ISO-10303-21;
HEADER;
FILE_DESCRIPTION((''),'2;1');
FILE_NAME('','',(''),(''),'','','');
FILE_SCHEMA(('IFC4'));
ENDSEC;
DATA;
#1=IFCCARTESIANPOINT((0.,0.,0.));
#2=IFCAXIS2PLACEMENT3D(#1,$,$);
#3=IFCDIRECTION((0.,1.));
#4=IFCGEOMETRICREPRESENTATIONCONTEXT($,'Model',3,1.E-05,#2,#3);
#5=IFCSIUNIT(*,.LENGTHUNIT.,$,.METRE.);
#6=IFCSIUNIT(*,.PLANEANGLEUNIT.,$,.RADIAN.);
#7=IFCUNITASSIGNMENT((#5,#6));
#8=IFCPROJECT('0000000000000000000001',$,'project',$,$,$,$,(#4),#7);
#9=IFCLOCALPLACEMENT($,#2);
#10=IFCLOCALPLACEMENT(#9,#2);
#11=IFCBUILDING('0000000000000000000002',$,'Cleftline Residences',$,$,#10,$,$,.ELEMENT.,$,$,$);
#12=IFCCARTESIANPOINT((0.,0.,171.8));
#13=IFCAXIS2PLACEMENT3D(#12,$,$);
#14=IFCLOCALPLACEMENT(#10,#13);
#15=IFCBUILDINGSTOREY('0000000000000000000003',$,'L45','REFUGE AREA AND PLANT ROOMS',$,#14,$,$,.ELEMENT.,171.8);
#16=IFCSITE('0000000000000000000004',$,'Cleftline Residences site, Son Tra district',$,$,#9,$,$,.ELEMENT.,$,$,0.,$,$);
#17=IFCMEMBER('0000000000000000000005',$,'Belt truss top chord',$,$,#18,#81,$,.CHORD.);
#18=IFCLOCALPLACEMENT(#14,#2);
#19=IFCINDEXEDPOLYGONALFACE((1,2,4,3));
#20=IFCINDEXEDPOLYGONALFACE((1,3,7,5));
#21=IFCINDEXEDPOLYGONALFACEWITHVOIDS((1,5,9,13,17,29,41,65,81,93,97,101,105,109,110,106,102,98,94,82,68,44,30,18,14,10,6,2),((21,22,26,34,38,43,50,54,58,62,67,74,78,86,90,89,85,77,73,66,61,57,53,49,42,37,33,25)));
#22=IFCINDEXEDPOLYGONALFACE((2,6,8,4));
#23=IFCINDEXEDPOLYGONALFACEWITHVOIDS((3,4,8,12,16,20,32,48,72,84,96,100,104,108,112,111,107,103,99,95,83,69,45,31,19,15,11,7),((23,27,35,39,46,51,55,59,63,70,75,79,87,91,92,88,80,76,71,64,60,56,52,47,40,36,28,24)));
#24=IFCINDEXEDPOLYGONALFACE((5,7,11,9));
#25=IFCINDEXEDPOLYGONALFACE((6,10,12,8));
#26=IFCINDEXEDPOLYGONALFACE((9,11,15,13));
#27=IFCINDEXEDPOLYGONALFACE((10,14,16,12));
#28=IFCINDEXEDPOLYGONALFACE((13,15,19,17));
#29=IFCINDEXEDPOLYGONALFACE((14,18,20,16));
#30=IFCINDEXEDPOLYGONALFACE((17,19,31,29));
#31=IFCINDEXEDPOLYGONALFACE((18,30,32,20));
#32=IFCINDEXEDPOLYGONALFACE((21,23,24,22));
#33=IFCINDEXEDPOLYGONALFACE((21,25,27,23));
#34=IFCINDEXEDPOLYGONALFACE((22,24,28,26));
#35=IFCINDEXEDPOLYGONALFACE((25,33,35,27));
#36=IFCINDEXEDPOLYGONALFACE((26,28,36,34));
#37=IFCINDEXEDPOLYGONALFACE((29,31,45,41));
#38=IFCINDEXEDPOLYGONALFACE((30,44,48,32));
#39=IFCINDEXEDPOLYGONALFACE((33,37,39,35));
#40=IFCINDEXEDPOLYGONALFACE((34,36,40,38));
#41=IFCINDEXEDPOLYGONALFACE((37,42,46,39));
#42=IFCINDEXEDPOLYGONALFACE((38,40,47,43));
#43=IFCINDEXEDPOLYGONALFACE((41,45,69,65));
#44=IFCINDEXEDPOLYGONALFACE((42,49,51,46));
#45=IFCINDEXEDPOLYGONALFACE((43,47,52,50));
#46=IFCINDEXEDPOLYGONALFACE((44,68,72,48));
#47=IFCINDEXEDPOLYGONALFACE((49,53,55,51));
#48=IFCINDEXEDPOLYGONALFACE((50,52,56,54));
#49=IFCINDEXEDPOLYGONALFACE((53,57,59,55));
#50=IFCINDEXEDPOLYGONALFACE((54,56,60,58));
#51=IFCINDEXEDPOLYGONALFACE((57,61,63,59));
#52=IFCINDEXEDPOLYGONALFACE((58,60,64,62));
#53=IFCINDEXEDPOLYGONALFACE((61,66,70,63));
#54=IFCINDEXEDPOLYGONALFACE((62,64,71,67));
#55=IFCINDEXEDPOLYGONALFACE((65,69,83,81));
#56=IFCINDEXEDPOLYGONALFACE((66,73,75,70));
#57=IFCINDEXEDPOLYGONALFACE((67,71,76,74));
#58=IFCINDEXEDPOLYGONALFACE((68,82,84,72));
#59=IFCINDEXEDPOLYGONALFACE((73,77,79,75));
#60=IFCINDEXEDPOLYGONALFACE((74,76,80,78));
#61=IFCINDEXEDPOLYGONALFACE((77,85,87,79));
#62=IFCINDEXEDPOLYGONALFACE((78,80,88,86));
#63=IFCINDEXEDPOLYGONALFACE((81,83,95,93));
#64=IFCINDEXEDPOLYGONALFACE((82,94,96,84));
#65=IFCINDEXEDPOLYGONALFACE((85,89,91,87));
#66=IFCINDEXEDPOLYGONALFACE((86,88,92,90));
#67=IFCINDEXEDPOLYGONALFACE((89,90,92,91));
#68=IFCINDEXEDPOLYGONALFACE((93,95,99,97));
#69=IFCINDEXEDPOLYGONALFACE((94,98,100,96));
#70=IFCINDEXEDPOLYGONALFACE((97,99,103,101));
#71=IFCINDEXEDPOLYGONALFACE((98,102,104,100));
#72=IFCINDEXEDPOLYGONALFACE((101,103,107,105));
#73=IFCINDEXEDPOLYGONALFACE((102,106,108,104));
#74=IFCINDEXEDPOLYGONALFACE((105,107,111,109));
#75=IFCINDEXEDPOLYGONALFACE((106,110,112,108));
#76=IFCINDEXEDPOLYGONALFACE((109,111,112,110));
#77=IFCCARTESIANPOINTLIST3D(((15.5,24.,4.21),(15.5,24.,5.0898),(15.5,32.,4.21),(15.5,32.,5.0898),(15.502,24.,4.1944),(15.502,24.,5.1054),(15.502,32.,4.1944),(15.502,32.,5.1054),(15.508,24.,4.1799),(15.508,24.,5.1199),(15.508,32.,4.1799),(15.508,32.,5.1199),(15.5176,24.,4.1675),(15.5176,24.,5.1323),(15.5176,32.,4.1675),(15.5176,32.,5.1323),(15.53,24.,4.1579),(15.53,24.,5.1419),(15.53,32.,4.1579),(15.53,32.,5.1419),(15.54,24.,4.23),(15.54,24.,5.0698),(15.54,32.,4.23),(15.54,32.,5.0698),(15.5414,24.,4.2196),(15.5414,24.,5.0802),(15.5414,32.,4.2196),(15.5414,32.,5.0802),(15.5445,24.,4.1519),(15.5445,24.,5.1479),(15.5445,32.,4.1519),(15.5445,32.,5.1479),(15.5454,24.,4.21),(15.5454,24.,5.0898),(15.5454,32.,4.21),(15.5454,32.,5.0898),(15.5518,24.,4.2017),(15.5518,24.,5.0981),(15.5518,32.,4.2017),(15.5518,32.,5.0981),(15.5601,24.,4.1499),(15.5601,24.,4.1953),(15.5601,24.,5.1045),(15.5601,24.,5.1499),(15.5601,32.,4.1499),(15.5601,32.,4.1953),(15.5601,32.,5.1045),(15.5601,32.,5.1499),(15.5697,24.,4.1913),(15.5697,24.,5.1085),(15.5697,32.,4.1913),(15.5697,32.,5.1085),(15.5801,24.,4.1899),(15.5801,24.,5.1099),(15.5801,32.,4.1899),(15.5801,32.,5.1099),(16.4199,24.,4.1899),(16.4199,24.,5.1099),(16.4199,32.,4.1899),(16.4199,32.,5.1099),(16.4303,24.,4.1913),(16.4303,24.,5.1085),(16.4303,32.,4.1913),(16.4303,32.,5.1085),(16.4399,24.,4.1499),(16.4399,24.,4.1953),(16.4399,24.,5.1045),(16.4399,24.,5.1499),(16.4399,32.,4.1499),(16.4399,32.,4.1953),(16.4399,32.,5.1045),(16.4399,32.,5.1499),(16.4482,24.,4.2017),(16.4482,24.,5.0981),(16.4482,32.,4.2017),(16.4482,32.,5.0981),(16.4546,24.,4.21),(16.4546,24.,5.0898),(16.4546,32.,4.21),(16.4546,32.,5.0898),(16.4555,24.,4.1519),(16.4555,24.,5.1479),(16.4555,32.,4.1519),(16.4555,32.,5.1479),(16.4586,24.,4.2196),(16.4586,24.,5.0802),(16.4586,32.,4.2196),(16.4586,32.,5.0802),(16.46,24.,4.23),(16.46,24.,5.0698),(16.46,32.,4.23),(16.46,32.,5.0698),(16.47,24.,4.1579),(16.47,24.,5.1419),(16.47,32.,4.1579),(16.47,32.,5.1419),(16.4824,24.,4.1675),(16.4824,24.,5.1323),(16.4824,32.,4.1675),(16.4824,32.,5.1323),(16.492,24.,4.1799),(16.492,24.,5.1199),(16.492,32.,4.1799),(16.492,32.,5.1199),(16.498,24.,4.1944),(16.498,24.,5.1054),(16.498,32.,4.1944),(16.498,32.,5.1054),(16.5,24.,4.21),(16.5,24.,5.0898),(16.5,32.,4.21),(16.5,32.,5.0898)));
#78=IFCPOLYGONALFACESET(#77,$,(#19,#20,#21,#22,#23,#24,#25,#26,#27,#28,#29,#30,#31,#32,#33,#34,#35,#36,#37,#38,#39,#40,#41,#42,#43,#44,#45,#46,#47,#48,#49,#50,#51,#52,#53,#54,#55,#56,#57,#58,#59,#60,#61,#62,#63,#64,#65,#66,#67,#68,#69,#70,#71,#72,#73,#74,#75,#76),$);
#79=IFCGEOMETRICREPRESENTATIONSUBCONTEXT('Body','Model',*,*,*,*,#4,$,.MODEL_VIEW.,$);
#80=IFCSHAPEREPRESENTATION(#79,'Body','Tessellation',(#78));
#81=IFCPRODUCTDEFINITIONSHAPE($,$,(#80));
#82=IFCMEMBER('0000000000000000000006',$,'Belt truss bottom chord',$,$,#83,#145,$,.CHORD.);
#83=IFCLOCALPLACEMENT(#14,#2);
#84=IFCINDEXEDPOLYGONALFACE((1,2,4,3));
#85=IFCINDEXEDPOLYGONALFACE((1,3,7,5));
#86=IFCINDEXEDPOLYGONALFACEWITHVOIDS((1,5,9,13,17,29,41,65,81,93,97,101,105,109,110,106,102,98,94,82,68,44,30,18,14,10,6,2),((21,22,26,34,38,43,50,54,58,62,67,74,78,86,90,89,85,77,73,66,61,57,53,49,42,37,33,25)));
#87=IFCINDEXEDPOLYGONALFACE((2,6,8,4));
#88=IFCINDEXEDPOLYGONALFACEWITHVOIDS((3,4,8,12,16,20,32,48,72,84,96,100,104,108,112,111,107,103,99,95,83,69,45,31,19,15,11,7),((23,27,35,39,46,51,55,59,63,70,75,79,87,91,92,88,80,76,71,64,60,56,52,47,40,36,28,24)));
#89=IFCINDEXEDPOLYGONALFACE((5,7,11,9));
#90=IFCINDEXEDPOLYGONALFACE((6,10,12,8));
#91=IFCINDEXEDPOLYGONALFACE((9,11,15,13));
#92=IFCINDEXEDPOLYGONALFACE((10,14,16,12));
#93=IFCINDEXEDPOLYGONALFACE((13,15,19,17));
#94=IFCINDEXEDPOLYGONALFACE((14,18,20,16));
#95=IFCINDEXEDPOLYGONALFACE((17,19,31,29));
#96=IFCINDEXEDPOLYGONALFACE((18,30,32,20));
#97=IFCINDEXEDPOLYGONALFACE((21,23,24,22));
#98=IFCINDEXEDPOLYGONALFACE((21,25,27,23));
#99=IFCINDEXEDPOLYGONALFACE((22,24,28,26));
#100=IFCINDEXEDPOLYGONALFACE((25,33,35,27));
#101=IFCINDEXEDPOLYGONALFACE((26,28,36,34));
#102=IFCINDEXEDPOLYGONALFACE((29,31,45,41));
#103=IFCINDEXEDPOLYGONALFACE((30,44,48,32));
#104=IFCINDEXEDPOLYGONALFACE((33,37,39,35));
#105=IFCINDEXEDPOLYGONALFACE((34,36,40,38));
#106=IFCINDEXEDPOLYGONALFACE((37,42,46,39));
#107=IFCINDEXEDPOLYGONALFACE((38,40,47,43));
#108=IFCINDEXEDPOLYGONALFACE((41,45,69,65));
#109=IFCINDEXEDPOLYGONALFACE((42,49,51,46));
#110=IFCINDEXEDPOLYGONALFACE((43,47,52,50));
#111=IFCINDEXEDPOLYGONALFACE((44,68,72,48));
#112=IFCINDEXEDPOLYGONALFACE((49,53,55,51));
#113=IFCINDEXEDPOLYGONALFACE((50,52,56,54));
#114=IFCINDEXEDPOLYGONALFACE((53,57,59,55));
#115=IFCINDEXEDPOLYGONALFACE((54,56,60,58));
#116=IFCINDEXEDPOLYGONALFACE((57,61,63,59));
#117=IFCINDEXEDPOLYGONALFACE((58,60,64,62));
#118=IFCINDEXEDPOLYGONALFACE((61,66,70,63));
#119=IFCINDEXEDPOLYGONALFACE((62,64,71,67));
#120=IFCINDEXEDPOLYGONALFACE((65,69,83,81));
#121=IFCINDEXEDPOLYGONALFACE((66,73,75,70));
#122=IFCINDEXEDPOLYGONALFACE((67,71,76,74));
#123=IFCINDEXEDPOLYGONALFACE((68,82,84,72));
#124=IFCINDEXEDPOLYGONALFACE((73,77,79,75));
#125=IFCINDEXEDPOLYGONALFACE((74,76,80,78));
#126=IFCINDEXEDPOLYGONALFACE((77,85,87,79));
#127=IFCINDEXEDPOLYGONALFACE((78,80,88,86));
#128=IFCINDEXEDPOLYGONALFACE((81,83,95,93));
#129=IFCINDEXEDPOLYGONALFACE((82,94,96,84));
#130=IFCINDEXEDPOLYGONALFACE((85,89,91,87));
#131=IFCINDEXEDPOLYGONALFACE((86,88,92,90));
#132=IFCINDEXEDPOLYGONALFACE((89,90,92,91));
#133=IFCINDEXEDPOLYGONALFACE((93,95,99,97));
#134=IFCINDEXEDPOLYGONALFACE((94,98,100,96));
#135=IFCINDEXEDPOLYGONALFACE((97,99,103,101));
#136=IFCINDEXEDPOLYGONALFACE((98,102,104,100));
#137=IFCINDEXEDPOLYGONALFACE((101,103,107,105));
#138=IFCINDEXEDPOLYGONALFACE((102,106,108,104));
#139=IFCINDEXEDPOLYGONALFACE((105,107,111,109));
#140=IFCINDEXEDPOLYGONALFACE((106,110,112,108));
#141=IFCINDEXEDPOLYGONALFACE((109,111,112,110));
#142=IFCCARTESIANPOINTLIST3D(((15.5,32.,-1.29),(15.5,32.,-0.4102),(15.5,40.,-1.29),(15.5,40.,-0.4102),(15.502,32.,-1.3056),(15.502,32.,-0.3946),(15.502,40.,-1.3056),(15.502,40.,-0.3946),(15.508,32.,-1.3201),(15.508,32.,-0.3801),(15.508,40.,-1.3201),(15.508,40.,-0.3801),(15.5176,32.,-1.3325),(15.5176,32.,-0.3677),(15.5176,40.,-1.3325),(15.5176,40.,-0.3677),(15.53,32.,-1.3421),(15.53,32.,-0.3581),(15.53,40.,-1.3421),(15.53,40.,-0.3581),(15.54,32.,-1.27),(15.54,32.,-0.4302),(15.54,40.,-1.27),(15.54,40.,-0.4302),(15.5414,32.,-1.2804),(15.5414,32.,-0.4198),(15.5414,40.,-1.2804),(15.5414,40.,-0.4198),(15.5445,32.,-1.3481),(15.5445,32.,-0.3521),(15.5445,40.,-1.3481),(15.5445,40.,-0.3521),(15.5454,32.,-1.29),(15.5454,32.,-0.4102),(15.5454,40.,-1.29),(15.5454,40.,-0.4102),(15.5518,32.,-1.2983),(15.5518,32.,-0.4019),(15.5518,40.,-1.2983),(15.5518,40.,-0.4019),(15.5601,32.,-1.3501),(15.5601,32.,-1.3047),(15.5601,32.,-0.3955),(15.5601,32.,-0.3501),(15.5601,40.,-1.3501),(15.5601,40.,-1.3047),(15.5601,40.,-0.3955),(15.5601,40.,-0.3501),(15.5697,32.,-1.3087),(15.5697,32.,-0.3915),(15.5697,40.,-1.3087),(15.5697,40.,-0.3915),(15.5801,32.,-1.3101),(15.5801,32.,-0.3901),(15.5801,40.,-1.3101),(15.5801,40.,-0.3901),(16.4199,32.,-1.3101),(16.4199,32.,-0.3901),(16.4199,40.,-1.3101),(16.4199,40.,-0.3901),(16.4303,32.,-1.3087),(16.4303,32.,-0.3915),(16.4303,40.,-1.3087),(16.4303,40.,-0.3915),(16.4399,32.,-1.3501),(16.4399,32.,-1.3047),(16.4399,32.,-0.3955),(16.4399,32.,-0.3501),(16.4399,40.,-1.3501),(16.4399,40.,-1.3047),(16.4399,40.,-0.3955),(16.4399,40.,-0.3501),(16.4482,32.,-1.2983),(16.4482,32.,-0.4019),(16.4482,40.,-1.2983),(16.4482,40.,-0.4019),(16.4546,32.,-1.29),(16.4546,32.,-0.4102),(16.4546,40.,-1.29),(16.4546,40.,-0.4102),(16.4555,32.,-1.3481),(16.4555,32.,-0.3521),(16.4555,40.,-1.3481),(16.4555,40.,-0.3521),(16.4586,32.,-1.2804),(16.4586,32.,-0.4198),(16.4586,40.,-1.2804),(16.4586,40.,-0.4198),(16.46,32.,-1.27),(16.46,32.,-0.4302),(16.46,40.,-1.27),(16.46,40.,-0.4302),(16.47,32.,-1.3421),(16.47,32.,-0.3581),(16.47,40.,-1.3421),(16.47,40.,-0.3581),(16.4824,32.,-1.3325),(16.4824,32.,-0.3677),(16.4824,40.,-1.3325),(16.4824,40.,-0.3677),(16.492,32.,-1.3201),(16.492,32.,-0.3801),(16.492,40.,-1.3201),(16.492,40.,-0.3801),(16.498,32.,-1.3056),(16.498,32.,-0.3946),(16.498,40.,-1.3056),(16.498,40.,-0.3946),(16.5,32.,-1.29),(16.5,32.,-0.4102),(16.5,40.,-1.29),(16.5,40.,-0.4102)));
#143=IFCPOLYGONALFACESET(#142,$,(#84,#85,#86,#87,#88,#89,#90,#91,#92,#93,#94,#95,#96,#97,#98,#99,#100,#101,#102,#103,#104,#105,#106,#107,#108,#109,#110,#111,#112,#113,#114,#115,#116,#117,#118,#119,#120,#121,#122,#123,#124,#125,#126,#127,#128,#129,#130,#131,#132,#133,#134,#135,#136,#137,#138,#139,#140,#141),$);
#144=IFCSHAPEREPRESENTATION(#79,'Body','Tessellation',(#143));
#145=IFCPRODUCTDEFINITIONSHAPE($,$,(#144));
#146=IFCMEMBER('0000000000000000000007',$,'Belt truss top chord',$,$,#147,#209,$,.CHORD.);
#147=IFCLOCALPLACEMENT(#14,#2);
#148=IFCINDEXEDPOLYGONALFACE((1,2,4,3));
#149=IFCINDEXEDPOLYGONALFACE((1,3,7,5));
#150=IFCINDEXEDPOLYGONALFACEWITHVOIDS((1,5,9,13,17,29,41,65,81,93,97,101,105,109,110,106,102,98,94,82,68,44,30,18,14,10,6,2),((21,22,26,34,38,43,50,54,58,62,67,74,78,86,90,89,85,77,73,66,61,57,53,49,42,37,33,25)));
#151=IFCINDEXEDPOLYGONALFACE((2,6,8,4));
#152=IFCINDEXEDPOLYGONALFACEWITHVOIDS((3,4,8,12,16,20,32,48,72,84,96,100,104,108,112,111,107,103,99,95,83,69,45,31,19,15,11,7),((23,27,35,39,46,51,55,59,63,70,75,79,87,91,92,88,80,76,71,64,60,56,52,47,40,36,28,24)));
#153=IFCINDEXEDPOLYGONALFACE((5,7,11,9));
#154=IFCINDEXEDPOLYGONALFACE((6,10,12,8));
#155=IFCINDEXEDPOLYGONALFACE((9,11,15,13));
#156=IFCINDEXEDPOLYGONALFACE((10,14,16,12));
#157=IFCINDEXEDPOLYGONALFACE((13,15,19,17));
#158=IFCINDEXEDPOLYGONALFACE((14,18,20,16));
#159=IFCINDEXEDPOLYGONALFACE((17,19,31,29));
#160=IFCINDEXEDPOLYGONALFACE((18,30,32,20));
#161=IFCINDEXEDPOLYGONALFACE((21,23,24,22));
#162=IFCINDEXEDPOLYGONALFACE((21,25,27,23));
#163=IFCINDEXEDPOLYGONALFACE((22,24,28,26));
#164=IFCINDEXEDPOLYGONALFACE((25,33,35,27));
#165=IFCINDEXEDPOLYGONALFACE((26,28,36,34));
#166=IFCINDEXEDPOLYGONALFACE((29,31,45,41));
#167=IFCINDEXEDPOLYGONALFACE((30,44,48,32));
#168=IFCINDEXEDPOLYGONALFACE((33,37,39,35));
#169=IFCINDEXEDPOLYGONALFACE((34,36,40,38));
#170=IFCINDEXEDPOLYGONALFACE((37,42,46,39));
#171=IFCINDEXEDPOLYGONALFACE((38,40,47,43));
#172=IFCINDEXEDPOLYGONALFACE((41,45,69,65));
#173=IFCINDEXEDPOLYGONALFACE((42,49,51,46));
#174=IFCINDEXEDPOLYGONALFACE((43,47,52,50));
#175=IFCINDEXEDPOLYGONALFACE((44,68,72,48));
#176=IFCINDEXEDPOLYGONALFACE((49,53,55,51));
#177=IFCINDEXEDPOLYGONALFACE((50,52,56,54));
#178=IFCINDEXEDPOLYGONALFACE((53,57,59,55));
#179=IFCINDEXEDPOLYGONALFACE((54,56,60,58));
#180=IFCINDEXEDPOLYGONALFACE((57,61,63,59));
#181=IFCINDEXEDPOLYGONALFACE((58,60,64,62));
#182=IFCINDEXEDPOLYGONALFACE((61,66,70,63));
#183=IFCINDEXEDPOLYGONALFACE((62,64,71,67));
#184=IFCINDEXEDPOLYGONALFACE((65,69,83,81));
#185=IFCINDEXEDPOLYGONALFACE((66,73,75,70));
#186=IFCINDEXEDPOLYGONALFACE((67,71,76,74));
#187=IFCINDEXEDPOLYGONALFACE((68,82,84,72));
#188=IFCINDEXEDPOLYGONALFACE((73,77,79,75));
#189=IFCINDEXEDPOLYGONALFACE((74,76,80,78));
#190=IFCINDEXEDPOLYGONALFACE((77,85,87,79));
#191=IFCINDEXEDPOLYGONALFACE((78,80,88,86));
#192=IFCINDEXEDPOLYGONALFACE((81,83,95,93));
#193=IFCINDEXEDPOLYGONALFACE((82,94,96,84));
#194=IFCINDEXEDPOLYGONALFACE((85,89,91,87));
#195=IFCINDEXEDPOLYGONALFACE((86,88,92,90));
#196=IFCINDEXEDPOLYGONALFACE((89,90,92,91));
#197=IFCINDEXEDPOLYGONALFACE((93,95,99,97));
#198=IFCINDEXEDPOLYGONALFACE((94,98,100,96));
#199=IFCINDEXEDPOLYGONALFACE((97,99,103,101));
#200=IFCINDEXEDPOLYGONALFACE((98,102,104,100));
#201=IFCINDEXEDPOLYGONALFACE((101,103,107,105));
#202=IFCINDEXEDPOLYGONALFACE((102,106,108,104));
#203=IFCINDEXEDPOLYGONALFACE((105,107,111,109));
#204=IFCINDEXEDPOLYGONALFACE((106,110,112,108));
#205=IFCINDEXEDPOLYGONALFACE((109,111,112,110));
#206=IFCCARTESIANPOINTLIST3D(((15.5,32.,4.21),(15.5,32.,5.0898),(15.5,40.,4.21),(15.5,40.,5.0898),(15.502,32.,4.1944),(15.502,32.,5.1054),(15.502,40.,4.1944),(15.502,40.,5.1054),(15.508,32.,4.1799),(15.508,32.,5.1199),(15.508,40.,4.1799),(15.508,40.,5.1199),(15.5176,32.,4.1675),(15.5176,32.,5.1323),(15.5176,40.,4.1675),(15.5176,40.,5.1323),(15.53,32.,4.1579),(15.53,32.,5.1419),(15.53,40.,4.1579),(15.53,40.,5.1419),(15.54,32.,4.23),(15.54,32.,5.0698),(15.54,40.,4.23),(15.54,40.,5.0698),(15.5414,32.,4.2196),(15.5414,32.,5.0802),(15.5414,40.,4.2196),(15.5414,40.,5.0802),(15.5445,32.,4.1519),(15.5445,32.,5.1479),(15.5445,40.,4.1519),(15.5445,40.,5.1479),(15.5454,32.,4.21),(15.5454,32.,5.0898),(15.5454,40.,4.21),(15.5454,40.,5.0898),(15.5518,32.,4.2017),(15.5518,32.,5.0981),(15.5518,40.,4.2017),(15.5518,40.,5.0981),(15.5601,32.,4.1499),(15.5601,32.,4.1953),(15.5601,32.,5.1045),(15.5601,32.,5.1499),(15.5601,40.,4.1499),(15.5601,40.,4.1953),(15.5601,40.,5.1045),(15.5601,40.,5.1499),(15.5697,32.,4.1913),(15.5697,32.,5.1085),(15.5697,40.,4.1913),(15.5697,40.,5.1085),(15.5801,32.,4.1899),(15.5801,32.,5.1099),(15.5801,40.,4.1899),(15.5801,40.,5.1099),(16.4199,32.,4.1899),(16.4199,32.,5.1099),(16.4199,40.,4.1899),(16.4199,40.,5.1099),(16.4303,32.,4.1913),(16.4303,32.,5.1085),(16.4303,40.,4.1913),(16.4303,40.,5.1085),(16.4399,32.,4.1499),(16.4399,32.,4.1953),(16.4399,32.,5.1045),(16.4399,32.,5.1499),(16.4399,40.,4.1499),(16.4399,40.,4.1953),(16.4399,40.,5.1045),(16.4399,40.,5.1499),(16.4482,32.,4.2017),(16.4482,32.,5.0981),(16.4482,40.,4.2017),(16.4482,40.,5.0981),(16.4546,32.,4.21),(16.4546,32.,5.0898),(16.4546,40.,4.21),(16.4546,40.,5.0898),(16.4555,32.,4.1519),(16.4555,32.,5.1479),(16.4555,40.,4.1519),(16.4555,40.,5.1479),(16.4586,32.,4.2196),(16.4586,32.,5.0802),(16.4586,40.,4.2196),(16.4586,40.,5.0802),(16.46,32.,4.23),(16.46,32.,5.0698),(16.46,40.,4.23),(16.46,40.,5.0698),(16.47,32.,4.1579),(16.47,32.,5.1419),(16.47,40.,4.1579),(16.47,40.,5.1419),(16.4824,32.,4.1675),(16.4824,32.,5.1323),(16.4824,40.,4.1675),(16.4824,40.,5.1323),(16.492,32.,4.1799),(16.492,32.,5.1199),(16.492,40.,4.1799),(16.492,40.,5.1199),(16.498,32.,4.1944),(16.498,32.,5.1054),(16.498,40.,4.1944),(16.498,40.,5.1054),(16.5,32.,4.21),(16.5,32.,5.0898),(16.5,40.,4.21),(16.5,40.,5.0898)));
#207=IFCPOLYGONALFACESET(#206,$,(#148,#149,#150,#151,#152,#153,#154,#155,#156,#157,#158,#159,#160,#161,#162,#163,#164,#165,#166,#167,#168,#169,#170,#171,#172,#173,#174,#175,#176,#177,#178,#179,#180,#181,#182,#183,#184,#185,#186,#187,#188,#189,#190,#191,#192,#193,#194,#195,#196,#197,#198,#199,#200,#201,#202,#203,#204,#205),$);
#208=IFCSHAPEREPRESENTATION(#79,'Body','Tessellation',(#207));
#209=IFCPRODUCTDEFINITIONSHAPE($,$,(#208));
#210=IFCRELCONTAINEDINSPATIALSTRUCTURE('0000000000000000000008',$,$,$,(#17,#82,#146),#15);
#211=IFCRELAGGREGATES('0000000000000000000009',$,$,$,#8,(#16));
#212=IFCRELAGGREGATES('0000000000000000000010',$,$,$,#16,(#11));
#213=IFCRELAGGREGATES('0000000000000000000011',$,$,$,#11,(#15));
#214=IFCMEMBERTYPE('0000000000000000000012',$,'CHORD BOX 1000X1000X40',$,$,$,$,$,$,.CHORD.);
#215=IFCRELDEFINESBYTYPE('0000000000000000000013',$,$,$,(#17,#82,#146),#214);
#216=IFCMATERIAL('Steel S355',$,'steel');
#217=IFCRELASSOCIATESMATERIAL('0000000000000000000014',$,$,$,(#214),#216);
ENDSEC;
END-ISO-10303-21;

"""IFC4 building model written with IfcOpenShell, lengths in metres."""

from ifc_helpers import new_model, si_unit, direction, frame, origin, origin_2d, place, context, subcontext, project, spatial, hollow_rectangle, extrude, material, material_profile, profile_set, type_object, element, save


model = new_model("IFC4")

# Units and contexts
model_context = context("Model", 3, precision=1e-05, world=origin(), true_north=direction((0.0, 1.0)))
body_context = subcontext(model_context, "Body", "Model", "MODEL_VIEW")
ifc_project = project(units=[si_unit("LENGTHUNIT", "METRE"), si_unit("PLANEANGLEUNIT", "RADIAN")], contexts=[model_context])

# Site, building, storey
site_placement = place(None, origin())
site = spatial("IfcSite", under=ifc_project, at=site_placement, Name="Cleftline Residences site, Son Tra district", CompositionType="ELEMENT", RefElevation=0.0)
building_placement = place(site_placement, origin())
building = spatial("IfcBuilding", under=site, at=building_placement, Name="Cleftline Residences", CompositionType="ELEMENT")
storey_placement = place(building_placement, frame((0.0, 0.0, 171.8)))
storey = spatial("IfcBuildingStorey", under=building, at=storey_placement, Name="L45", Description="REFUGE AREA AND PLANT ROOMS", CompositionType="ELEMENT", Elevation=171.8)

# Members
ifc_material_1 = material(Name="Steel S355", Category="steel")
ifc_material_profile_1 = material_profile(ifc_material_1, hollow_rectangle(XDim=1.0, YDim=1.0, WallThickness=0.04, InnerFilletRadius=0.04, OuterFilletRadius=0.0601, at=origin_2d()))
ifc_profile_set_1 = profile_set([ifc_material_profile_1], Name="Steel S355")
member_type_1 = type_object("IfcMemberType", Name="CHORD BOX 1000X1000X40", PredefinedType="CHORD", material=ifc_profile_set_1)
for number, where, z_axis, x_axis, name in (
    (1, (16.0, 24.0, 4.6499), (0.0, 1.0, 0.0), (-1.0, 0.0, 0.0), "Belt truss top chord"),
    (2, (16.0, 32.0, -0.8501), (0.0, 1.0, 0.0), (-1.0, 0.0, 0.0), "Belt truss bottom chord"),
    (3, (16.0, 32.0, 4.6499), (0.0, 1.0, 0.0), (-1.0, 0.0, 0.0), "Belt truss top chord"),
):
    element("IfcMember", number, at=place(storey_placement, frame(where, z_axis=z_axis, x_axis=x_axis)), inside=storey, type_object=member_type_1, Name=name, PredefinedType="CHORD", context=body_context, shape_type="SweptSolid", body=[
        extrude(hollow_rectangle(XDim=1.0, YDim=1.0, WallThickness=0.04, InnerFilletRadius=0.04, OuterFilletRadius=0.0601, at=origin_2d()), origin(), (0.0, 0.0, 1.0), 8.0),
    ])

save(model, "model.ifc")
